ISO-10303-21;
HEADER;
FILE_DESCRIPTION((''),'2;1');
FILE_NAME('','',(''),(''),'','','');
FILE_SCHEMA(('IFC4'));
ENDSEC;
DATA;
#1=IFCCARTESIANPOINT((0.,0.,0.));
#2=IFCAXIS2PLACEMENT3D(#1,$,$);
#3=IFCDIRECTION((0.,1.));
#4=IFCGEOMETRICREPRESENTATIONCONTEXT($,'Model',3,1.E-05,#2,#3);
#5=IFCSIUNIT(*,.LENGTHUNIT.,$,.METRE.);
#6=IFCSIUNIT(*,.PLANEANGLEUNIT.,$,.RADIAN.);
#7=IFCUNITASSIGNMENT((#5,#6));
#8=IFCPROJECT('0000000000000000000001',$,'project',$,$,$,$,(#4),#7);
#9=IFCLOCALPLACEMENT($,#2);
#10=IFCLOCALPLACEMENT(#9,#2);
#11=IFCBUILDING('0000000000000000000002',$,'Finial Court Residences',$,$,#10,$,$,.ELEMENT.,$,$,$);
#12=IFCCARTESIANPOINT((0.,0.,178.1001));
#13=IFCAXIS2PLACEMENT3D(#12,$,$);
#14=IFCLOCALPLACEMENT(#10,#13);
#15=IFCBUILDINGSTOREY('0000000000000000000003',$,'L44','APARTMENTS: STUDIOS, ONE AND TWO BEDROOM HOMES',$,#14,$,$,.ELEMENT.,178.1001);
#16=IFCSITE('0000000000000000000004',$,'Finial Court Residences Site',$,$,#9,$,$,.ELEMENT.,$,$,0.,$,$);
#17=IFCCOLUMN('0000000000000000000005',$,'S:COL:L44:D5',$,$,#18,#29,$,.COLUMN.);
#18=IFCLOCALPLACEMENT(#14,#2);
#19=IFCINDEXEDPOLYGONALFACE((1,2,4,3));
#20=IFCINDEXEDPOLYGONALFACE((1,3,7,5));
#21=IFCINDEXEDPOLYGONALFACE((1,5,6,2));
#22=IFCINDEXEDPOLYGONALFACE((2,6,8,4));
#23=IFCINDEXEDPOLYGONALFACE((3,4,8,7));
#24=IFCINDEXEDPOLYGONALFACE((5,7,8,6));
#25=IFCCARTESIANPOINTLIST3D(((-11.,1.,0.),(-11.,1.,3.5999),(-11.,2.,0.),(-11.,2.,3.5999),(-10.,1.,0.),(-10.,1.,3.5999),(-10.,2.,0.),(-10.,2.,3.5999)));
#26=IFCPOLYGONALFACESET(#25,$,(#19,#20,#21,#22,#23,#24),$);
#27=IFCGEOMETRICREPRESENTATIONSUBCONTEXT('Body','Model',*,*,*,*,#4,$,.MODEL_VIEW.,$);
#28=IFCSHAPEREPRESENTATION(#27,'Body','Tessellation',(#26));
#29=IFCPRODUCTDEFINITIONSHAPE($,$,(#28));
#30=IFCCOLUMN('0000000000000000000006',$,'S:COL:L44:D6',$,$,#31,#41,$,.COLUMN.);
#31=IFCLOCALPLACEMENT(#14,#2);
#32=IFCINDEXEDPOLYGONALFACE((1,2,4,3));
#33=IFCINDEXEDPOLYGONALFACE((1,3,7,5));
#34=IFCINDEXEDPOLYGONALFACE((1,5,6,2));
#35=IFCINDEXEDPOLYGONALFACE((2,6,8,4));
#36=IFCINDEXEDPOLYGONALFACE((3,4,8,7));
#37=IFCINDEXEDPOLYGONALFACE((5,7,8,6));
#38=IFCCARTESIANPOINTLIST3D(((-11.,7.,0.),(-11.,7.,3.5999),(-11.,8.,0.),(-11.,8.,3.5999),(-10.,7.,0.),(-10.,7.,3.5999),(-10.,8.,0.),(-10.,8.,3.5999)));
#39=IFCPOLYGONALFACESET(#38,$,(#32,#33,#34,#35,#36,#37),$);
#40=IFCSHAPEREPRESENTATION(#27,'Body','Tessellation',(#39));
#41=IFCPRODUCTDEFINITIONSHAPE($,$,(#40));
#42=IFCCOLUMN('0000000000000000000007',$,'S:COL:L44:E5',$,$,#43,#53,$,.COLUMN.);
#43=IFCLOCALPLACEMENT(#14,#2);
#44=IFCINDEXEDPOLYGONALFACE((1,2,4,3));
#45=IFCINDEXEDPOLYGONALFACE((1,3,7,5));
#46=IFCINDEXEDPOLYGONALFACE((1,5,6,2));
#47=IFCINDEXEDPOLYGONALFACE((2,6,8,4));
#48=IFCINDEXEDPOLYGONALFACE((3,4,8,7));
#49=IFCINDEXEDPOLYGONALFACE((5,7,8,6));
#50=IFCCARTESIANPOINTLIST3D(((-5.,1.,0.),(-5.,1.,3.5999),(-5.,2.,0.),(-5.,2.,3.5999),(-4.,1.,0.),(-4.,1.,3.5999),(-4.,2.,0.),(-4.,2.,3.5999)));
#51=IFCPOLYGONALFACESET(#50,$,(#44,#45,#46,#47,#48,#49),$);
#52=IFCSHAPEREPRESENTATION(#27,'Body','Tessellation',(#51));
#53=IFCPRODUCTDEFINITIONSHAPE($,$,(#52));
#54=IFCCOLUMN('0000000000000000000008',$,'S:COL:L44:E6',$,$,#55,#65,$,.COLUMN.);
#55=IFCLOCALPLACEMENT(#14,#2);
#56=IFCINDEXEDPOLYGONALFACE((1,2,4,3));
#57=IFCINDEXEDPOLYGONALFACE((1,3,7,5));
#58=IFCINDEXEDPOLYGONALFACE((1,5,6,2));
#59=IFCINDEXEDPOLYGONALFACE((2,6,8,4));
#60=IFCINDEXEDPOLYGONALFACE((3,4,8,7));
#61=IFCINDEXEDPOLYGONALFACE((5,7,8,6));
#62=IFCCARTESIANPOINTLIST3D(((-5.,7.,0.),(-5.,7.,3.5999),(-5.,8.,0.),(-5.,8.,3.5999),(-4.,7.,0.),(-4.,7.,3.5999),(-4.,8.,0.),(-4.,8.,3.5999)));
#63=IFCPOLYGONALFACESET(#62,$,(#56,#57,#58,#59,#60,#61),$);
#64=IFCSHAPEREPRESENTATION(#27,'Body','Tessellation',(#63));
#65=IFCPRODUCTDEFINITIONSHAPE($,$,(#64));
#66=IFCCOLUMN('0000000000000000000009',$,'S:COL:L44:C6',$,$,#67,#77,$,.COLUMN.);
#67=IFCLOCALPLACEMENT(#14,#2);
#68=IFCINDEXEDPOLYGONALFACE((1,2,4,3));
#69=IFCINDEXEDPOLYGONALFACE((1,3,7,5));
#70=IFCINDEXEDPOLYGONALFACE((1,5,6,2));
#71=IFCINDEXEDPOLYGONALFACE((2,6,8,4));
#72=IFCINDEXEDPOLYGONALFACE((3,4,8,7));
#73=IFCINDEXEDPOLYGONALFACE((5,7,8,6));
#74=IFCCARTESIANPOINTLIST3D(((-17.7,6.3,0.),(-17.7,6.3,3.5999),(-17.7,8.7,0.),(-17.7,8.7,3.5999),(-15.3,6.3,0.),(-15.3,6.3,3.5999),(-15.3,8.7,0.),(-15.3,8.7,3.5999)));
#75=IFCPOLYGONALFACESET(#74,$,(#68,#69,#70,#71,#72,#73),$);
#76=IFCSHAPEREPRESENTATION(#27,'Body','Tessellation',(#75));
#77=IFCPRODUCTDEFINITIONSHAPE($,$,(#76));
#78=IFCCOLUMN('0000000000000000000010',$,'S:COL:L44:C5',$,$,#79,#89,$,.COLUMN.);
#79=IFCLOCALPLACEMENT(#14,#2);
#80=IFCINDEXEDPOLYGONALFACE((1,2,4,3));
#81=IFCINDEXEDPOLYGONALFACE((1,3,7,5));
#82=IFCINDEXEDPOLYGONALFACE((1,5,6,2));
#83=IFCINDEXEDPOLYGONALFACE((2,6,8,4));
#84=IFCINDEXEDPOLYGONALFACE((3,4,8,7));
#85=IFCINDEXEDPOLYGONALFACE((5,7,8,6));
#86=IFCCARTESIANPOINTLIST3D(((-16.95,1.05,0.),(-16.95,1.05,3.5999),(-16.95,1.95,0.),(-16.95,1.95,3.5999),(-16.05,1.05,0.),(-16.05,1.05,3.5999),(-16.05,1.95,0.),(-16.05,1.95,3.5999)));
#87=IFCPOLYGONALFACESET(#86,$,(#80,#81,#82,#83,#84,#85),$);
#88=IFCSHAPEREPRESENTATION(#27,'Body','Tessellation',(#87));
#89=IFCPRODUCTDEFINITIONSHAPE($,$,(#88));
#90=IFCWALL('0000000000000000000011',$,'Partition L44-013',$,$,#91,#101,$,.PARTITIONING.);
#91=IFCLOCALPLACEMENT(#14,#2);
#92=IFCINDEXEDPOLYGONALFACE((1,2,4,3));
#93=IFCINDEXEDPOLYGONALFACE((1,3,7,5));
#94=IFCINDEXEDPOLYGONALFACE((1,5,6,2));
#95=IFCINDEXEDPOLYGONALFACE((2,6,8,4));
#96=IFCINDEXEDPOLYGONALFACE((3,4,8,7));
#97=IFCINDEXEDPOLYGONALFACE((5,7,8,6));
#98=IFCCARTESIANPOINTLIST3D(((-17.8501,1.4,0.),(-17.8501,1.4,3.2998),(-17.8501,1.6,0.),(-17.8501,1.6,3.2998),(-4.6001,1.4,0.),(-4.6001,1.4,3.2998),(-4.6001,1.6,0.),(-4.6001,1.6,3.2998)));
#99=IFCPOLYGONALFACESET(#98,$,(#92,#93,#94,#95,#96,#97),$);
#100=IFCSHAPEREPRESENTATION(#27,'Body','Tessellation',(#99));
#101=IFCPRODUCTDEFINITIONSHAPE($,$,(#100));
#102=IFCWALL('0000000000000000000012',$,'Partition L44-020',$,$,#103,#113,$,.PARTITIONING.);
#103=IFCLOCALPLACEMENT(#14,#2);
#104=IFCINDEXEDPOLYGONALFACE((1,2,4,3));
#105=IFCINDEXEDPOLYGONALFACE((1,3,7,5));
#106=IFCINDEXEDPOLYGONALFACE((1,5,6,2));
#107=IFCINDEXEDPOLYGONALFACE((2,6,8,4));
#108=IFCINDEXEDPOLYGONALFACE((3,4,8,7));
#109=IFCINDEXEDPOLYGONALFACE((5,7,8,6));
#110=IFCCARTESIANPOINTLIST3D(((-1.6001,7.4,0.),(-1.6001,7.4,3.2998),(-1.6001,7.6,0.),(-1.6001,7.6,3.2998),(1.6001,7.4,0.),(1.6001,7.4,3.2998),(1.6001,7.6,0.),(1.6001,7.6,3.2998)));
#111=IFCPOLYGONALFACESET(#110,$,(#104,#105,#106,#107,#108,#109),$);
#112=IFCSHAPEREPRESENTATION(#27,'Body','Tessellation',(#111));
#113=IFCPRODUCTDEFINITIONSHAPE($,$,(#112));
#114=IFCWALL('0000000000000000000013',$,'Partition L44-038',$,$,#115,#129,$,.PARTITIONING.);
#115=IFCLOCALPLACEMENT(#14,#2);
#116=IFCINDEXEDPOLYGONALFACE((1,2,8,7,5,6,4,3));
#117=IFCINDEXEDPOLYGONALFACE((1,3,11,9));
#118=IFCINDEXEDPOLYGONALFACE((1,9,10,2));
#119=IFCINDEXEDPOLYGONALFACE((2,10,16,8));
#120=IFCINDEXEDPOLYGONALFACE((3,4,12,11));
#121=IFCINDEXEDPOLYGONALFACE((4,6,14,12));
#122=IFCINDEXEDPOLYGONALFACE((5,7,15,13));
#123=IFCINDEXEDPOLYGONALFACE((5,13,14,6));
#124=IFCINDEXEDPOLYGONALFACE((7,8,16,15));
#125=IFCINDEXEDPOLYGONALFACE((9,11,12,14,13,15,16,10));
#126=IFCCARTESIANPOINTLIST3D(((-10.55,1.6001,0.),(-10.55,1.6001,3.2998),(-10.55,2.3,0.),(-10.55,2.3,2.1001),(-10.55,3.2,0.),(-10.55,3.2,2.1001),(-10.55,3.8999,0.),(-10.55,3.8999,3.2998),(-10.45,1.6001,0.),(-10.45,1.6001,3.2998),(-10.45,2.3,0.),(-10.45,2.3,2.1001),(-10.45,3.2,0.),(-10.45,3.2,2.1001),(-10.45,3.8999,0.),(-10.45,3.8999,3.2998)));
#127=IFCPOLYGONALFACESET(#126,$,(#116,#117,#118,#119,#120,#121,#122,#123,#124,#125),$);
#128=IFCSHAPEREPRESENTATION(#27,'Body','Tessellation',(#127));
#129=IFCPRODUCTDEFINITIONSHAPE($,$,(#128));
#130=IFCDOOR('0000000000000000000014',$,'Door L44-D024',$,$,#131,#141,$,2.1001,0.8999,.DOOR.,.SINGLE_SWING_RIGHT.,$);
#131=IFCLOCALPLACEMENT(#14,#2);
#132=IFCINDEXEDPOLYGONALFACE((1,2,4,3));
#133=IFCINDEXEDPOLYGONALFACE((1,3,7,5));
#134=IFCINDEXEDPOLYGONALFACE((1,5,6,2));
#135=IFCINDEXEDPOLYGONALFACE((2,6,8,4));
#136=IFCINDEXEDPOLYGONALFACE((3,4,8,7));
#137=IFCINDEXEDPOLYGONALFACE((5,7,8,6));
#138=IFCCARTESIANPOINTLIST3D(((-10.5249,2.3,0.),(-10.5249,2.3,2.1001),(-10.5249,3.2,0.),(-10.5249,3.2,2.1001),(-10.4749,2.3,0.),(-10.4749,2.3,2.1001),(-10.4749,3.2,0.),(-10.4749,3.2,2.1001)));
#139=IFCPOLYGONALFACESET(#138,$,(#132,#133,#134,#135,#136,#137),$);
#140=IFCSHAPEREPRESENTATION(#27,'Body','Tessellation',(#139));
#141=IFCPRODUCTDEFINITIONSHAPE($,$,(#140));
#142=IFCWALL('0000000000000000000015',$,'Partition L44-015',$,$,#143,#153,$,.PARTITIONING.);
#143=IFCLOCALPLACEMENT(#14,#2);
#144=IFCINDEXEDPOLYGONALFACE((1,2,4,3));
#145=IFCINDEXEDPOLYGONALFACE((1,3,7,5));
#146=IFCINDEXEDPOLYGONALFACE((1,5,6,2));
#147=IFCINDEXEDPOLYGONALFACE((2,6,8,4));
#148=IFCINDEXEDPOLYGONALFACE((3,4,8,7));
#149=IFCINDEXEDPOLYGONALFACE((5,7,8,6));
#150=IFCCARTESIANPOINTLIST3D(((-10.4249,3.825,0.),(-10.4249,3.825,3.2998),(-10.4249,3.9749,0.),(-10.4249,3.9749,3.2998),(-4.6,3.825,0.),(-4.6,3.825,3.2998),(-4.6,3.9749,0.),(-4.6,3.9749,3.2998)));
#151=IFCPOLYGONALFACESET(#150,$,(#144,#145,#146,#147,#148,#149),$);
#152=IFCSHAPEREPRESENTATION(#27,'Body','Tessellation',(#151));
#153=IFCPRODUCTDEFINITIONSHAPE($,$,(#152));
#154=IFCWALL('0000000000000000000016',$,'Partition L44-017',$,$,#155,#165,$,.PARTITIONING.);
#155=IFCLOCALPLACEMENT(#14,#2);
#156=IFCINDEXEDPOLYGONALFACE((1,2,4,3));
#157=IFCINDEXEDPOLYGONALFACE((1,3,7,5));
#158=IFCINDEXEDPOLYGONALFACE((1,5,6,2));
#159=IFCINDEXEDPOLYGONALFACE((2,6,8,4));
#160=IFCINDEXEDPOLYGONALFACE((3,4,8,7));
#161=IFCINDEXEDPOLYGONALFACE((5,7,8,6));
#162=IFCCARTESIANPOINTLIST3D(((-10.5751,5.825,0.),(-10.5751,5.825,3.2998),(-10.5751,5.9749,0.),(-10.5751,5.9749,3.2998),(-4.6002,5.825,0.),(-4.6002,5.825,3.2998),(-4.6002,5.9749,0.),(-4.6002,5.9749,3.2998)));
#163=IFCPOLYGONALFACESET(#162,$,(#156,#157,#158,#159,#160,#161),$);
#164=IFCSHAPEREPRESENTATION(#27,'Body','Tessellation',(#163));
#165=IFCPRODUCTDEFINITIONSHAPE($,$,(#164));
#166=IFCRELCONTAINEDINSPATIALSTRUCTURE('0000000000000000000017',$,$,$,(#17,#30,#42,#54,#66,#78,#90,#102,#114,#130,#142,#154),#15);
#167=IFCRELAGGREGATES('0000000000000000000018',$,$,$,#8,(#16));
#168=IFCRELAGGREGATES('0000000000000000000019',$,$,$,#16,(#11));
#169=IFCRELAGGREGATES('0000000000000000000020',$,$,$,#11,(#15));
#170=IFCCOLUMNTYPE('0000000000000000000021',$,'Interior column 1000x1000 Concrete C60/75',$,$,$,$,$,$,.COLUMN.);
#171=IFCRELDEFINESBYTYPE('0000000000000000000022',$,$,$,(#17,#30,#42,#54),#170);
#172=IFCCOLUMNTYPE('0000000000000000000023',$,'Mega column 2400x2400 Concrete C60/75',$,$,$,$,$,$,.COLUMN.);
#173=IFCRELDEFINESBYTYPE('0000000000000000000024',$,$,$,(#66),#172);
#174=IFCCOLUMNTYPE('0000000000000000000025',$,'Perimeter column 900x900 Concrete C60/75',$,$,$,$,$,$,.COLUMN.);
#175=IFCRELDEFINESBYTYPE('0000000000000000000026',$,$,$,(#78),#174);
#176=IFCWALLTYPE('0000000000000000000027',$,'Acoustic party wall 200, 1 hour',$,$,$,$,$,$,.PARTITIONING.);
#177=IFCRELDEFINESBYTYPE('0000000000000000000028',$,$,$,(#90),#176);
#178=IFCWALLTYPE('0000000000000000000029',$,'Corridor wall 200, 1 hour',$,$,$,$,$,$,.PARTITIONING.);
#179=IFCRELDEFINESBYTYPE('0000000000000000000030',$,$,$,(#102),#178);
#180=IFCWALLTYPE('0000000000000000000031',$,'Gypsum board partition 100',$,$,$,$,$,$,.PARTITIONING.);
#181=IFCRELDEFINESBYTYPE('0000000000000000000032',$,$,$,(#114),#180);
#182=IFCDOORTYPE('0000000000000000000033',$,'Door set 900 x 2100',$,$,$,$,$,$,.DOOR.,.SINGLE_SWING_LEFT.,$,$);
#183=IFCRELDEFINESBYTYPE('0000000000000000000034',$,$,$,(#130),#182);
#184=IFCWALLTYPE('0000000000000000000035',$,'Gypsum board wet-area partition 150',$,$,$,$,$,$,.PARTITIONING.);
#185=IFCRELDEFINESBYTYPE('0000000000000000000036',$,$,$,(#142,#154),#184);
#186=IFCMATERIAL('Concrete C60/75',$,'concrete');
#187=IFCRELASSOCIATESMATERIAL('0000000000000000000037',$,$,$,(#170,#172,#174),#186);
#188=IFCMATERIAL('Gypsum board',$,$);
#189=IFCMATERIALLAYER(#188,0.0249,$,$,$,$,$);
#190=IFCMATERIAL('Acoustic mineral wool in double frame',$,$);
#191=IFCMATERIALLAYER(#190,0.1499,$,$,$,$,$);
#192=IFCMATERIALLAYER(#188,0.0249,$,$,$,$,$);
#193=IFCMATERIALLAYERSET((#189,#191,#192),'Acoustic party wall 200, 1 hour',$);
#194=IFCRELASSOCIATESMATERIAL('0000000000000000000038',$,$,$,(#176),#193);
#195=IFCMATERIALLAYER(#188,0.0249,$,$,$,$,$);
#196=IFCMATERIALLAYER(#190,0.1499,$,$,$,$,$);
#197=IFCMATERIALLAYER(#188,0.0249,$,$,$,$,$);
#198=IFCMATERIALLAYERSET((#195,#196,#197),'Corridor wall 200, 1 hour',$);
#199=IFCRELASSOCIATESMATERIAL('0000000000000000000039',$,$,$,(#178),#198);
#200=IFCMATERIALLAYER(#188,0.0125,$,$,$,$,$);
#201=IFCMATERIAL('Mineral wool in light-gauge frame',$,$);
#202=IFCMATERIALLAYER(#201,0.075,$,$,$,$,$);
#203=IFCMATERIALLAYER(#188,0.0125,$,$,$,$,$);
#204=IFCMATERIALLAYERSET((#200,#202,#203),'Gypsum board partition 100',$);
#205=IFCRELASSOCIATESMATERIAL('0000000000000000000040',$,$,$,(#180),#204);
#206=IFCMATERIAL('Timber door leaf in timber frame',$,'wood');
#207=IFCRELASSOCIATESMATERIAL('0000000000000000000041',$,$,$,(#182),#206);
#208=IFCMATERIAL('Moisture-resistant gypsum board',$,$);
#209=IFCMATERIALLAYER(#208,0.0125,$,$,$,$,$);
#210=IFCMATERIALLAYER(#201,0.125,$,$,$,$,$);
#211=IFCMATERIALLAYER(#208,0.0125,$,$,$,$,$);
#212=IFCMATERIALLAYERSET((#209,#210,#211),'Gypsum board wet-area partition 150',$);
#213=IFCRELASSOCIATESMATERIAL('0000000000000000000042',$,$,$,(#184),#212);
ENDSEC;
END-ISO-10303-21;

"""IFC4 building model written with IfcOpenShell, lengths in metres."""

from ifc_helpers import new_model, si_unit, direction, frame, frame_2d, origin, origin_2d, place, context, subcontext, project, spatial, rectangle, extrude, material, layer, layer_set, material_profile, profile_set, type_object, element, fill, save


model = new_model("IFC4")

# Units and contexts
model_context = context("Model", 3, precision=1e-05, world=origin(), true_north=direction((0.0, 1.0)))
body_context = subcontext(model_context, "Body", "Model", "MODEL_VIEW")
ifc_project = project(units=[si_unit("LENGTHUNIT", "METRE"), si_unit("PLANEANGLEUNIT", "RADIAN")], contexts=[model_context])

# Site, building, storey
site_placement = place(None, origin())
site = spatial("IfcSite", under=ifc_project, at=site_placement, Name="Finial Court Residences Site", CompositionType="ELEMENT", RefElevation=0.0)
building_placement = place(site_placement, origin())
building = spatial("IfcBuilding", under=site, at=building_placement, Name="Finial Court Residences", CompositionType="ELEMENT")
storey_placement = place(building_placement, frame((0.0, 0.0, 178.1001)))
storey = spatial("IfcBuildingStorey", under=building, at=storey_placement, Name="L44", Description="APARTMENTS: STUDIOS, ONE AND TWO BEDROOM HOMES", CompositionType="ELEMENT", Elevation=178.1001)

# Columns
ifc_material_1 = material(Name="Concrete C60/75", Category="concrete")
ifc_material_profile_1 = material_profile(ifc_material_1, rectangle(XDim=1.0, YDim=1.0, at=origin_2d()), Name="1000x1000")
ifc_profile_set_1 = profile_set([ifc_material_profile_1], Name="Concrete C60/75")
column_type_1 = type_object("IfcColumnType", Name="Interior column 1000x1000 Concrete C60/75", PredefinedType="COLUMN", material=ifc_profile_set_1)
for number, where, z_axis, x_axis, name in (
    (1, (-10.5, 1.5, 0.0), (0.0, 0.0, 1.0), (1.0, 0.0, 0.0), "S:COL:L44:D5"),
    (2, (-10.5, 7.5, 0.0), (0.0, 0.0, 1.0), (1.0, 0.0, 0.0), "S:COL:L44:D6"),
    (3, (-4.5, 1.5, 0.0), (0.0, 0.0, 1.0), (1.0, 0.0, 0.0), "S:COL:L44:E5"),
    (4, (-4.5, 7.5, 0.0), (0.0, 0.0, 1.0), (1.0, 0.0, 0.0), "S:COL:L44:E6"),
):
    element("IfcColumn", number, at=place(storey_placement, frame(where, z_axis=z_axis, x_axis=x_axis)), inside=storey, type_object=column_type_1, Name=name, PredefinedType="COLUMN", context=body_context, shape_type="SweptSolid", body=[
        extrude(rectangle(XDim=1.0, YDim=1.0, at=origin_2d()), origin(), (0.0, 0.0, 1.0), 3.5999),
    ])
ifc_material_profile_2 = material_profile(ifc_material_1, rectangle(XDim=2.3999, YDim=2.3999, at=origin_2d()), Name="2400x2400")
ifc_profile_set_2 = profile_set([ifc_material_profile_2], Name="Concrete C60/75")
column_type_2 = type_object("IfcColumnType", Name="Mega column 2400x2400 Concrete C60/75", PredefinedType="COLUMN", material=ifc_profile_set_2)
column_1_placement = place(storey_placement, frame((-16.5, 7.5, 0.0), z_axis=(0.0, 0.0, 1.0), x_axis=(1.0, 0.0, 0.0)))
element("IfcColumn", 5, at=column_1_placement, inside=storey, type_object=column_type_2, Name="S:COL:L44:C6", PredefinedType="COLUMN", context=body_context, shape_type="SweptSolid", body=[
    extrude(rectangle(XDim=2.3999, YDim=2.3999, at=origin_2d()), origin(), (0.0, 0.0, 1.0), 3.5999),
])
ifc_material_profile_3 = material_profile(ifc_material_1, rectangle(XDim=0.8999, YDim=0.8999, at=origin_2d()), Name="900x900")
ifc_profile_set_3 = profile_set([ifc_material_profile_3], Name="Concrete C60/75")
column_type_3 = type_object("IfcColumnType", Name="Perimeter column 900x900 Concrete C60/75", PredefinedType="COLUMN", material=ifc_profile_set_3)
column_2_placement = place(storey_placement, frame((-16.5, 1.5, 0.0), z_axis=(0.0, 0.0, 1.0), x_axis=(1.0, 0.0, 0.0)))
element("IfcColumn", 6, at=column_2_placement, inside=storey, type_object=column_type_3, Name="S:COL:L44:C5", PredefinedType="COLUMN", context=body_context, shape_type="SweptSolid", body=[
    extrude(rectangle(XDim=0.8999, YDim=0.8999, at=origin_2d()), origin(), (0.0, 0.0, 1.0), 3.5999),
])

# Walls
ifc_material_2 = material(Name="Gypsum board")
ifc_layer_1 = layer(ifc_material_2, 0.0249)
ifc_material_3 = material(Name="Acoustic mineral wool in double frame")
ifc_layer_2 = layer(ifc_material_3, 0.1499)
ifc_layer_3 = layer(ifc_material_2, 0.0249)
ifc_layer_set_1 = layer_set([ifc_layer_1, ifc_layer_2, ifc_layer_3], Name="Acoustic party wall 200, 1 hour")
wall_type_1 = type_object("IfcWallType", Name="Acoustic party wall 200, 1 hour", PredefinedType="PARTITIONING", material=ifc_layer_set_1)
wall_1_placement = place(storey_placement, frame((-17.8501, 1.5, 0.0), z_axis=(0.0, 0.0, 1.0), x_axis=(1.0, 0.0, 0.0)))
element("IfcWall", 7, at=wall_1_placement, inside=storey, type_object=wall_type_1, Name="Partition L44-013", PredefinedType="PARTITIONING", context=body_context, shape_type="SweptSolid", body=[
    extrude(rectangle(XDim=13.25, YDim=0.2, at=frame_2d((6.625, 0.0))), origin(), (0.0, 0.0, 1.0), 3.2998),
])
ifc_layer_4 = layer(ifc_material_2, 0.0249)
ifc_layer_5 = layer(ifc_material_3, 0.1499)
ifc_layer_6 = layer(ifc_material_2, 0.0249)
ifc_layer_set_2 = layer_set([ifc_layer_4, ifc_layer_5, ifc_layer_6], Name="Corridor wall 200, 1 hour")
wall_type_2 = type_object("IfcWallType", Name="Corridor wall 200, 1 hour", PredefinedType="PARTITIONING", material=ifc_layer_set_2)
wall_2_placement = place(storey_placement, frame((-1.6001, 7.5, 0.0), z_axis=(0.0, 0.0, 1.0), x_axis=(1.0, 0.0, 0.0)))
element("IfcWall", 8, at=wall_2_placement, inside=storey, type_object=wall_type_2, Name="Partition L44-020", PredefinedType="PARTITIONING", context=body_context, shape_type="SweptSolid", body=[
    extrude(rectangle(XDim=3.2002, YDim=0.2, at=frame_2d((1.6001, 0.0))), origin(), (0.0, 0.0, 1.0), 3.2998),
])

# Wall, opening, door
ifc_layer_7 = layer(ifc_material_2, 0.0125)
ifc_material_4 = material(Name="Mineral wool in light-gauge frame")
ifc_layer_8 = layer(ifc_material_4, 0.075)
ifc_layer_9 = layer(ifc_material_2, 0.0125)
ifc_layer_set_3 = layer_set([ifc_layer_7, ifc_layer_8, ifc_layer_9], Name="Gypsum board partition 100")
wall_type_3 = type_object("IfcWallType", Name="Gypsum board partition 100", PredefinedType="PARTITIONING", material=ifc_layer_set_3)
wall_3_placement = place(storey_placement, frame((-10.5, 1.6001, 0.0), z_axis=(0.0, 0.0, 1.0), x_axis=(0.0, 1.0, 0.0)))
wall_3 = element("IfcWall", 9, at=wall_3_placement, inside=storey, type_object=wall_type_3, Name="Partition L44-038", PredefinedType="PARTITIONING", context=body_context, shape_type="SweptSolid", body=[
    extrude(rectangle(XDim=2.2998, YDim=0.1001, at=frame_2d((1.1499, 0.0))), origin(), (0.0, 0.0, 1.0), 3.2998),
])
opening_1_placement = place(wall_3_placement, frame((0.7, 0.0, 0.0)))
opening_1 = element("IfcOpeningElement", 10, at=opening_1_placement, cuts=wall_3, PredefinedType="OPENING", context=body_context, shape_type="SweptSolid", body=[
    extrude(rectangle(XDim=0.8999, YDim=2.1001, at=frame_2d((0.45, 1.05))), frame((0.0, 0.0601, 0.0), z_axis=(0.0, -1.0, 0.0), x_axis=(1.0, 0.0, 0.0)), (0.0, 0.0, 1.0), 0.1201),
])
ifc_material_5 = material(Name="Timber door leaf in timber frame", Category="wood")
door_type = type_object("IfcDoorType", Name="Door set 900 x 2100", OperationType="SINGLE_SWING_LEFT", PredefinedType="DOOR", material=ifc_material_5)
door_1_placement = place(opening_1_placement, origin())
door_1 = element("IfcDoor", 11, at=door_1_placement, inside=storey, type_object=door_type, Name="Door L44-D024", OperationType="SINGLE_SWING_RIGHT", OverallHeight=2.1001, OverallWidth=0.8999, PredefinedType="DOOR", context=body_context, shape_type="SweptSolid", body=[
    extrude(rectangle(XDim=0.8999, YDim=2.1001, at=frame_2d((0.45, 1.05))), frame((0.0, 0.0249, 0.0), z_axis=(0.0, -1.0, 0.0), x_axis=(1.0, 0.0, 0.0)), (0.0, 0.0, 1.0), 0.05),
])
fill(opening_1, door_1)

# Walls
ifc_material_6 = material(Name="Moisture-resistant gypsum board")
ifc_layer_10 = layer(ifc_material_6, 0.0125)
ifc_layer_11 = layer(ifc_material_4, 0.125)
ifc_layer_12 = layer(ifc_material_6, 0.0125)
ifc_layer_set_4 = layer_set([ifc_layer_10, ifc_layer_11, ifc_layer_12], Name="Gypsum board wet-area partition 150")
wall_type_4 = type_object("IfcWallType", Name="Gypsum board wet-area partition 150", PredefinedType="PARTITIONING", material=ifc_layer_set_4)
wall_4_placement = place(storey_placement, frame((-10.425, 3.8999, 0.0), z_axis=(0.0, 0.0, 1.0), x_axis=(1.0, 0.0, 0.0)))
element("IfcWall", 12, at=wall_4_placement, inside=storey, type_object=wall_type_4, Name="Partition L44-015", PredefinedType="PARTITIONING", context=body_context, shape_type="SweptSolid", body=[
    extrude(rectangle(XDim=5.825, YDim=0.1499, at=frame_2d((2.9126, 0.0))), origin(), (0.0, 0.0, 1.0), 3.2998),
])
wall_5_placement = place(storey_placement, frame((-10.575, 5.8999, 0.0), z_axis=(0.0, 0.0, 1.0), x_axis=(1.0, 0.0, 0.0)))
element("IfcWall", 13, at=wall_5_placement, inside=storey, type_object=wall_type_4, Name="Partition L44-017", PredefinedType="PARTITIONING", context=body_context, shape_type="SweptSolid", body=[
    extrude(rectangle(XDim=5.9749, YDim=0.1499, at=frame_2d((2.9873, 0.0))), origin(), (0.0, 0.0, 1.0), 3.2998),
])

save(model, "model.ifc")
